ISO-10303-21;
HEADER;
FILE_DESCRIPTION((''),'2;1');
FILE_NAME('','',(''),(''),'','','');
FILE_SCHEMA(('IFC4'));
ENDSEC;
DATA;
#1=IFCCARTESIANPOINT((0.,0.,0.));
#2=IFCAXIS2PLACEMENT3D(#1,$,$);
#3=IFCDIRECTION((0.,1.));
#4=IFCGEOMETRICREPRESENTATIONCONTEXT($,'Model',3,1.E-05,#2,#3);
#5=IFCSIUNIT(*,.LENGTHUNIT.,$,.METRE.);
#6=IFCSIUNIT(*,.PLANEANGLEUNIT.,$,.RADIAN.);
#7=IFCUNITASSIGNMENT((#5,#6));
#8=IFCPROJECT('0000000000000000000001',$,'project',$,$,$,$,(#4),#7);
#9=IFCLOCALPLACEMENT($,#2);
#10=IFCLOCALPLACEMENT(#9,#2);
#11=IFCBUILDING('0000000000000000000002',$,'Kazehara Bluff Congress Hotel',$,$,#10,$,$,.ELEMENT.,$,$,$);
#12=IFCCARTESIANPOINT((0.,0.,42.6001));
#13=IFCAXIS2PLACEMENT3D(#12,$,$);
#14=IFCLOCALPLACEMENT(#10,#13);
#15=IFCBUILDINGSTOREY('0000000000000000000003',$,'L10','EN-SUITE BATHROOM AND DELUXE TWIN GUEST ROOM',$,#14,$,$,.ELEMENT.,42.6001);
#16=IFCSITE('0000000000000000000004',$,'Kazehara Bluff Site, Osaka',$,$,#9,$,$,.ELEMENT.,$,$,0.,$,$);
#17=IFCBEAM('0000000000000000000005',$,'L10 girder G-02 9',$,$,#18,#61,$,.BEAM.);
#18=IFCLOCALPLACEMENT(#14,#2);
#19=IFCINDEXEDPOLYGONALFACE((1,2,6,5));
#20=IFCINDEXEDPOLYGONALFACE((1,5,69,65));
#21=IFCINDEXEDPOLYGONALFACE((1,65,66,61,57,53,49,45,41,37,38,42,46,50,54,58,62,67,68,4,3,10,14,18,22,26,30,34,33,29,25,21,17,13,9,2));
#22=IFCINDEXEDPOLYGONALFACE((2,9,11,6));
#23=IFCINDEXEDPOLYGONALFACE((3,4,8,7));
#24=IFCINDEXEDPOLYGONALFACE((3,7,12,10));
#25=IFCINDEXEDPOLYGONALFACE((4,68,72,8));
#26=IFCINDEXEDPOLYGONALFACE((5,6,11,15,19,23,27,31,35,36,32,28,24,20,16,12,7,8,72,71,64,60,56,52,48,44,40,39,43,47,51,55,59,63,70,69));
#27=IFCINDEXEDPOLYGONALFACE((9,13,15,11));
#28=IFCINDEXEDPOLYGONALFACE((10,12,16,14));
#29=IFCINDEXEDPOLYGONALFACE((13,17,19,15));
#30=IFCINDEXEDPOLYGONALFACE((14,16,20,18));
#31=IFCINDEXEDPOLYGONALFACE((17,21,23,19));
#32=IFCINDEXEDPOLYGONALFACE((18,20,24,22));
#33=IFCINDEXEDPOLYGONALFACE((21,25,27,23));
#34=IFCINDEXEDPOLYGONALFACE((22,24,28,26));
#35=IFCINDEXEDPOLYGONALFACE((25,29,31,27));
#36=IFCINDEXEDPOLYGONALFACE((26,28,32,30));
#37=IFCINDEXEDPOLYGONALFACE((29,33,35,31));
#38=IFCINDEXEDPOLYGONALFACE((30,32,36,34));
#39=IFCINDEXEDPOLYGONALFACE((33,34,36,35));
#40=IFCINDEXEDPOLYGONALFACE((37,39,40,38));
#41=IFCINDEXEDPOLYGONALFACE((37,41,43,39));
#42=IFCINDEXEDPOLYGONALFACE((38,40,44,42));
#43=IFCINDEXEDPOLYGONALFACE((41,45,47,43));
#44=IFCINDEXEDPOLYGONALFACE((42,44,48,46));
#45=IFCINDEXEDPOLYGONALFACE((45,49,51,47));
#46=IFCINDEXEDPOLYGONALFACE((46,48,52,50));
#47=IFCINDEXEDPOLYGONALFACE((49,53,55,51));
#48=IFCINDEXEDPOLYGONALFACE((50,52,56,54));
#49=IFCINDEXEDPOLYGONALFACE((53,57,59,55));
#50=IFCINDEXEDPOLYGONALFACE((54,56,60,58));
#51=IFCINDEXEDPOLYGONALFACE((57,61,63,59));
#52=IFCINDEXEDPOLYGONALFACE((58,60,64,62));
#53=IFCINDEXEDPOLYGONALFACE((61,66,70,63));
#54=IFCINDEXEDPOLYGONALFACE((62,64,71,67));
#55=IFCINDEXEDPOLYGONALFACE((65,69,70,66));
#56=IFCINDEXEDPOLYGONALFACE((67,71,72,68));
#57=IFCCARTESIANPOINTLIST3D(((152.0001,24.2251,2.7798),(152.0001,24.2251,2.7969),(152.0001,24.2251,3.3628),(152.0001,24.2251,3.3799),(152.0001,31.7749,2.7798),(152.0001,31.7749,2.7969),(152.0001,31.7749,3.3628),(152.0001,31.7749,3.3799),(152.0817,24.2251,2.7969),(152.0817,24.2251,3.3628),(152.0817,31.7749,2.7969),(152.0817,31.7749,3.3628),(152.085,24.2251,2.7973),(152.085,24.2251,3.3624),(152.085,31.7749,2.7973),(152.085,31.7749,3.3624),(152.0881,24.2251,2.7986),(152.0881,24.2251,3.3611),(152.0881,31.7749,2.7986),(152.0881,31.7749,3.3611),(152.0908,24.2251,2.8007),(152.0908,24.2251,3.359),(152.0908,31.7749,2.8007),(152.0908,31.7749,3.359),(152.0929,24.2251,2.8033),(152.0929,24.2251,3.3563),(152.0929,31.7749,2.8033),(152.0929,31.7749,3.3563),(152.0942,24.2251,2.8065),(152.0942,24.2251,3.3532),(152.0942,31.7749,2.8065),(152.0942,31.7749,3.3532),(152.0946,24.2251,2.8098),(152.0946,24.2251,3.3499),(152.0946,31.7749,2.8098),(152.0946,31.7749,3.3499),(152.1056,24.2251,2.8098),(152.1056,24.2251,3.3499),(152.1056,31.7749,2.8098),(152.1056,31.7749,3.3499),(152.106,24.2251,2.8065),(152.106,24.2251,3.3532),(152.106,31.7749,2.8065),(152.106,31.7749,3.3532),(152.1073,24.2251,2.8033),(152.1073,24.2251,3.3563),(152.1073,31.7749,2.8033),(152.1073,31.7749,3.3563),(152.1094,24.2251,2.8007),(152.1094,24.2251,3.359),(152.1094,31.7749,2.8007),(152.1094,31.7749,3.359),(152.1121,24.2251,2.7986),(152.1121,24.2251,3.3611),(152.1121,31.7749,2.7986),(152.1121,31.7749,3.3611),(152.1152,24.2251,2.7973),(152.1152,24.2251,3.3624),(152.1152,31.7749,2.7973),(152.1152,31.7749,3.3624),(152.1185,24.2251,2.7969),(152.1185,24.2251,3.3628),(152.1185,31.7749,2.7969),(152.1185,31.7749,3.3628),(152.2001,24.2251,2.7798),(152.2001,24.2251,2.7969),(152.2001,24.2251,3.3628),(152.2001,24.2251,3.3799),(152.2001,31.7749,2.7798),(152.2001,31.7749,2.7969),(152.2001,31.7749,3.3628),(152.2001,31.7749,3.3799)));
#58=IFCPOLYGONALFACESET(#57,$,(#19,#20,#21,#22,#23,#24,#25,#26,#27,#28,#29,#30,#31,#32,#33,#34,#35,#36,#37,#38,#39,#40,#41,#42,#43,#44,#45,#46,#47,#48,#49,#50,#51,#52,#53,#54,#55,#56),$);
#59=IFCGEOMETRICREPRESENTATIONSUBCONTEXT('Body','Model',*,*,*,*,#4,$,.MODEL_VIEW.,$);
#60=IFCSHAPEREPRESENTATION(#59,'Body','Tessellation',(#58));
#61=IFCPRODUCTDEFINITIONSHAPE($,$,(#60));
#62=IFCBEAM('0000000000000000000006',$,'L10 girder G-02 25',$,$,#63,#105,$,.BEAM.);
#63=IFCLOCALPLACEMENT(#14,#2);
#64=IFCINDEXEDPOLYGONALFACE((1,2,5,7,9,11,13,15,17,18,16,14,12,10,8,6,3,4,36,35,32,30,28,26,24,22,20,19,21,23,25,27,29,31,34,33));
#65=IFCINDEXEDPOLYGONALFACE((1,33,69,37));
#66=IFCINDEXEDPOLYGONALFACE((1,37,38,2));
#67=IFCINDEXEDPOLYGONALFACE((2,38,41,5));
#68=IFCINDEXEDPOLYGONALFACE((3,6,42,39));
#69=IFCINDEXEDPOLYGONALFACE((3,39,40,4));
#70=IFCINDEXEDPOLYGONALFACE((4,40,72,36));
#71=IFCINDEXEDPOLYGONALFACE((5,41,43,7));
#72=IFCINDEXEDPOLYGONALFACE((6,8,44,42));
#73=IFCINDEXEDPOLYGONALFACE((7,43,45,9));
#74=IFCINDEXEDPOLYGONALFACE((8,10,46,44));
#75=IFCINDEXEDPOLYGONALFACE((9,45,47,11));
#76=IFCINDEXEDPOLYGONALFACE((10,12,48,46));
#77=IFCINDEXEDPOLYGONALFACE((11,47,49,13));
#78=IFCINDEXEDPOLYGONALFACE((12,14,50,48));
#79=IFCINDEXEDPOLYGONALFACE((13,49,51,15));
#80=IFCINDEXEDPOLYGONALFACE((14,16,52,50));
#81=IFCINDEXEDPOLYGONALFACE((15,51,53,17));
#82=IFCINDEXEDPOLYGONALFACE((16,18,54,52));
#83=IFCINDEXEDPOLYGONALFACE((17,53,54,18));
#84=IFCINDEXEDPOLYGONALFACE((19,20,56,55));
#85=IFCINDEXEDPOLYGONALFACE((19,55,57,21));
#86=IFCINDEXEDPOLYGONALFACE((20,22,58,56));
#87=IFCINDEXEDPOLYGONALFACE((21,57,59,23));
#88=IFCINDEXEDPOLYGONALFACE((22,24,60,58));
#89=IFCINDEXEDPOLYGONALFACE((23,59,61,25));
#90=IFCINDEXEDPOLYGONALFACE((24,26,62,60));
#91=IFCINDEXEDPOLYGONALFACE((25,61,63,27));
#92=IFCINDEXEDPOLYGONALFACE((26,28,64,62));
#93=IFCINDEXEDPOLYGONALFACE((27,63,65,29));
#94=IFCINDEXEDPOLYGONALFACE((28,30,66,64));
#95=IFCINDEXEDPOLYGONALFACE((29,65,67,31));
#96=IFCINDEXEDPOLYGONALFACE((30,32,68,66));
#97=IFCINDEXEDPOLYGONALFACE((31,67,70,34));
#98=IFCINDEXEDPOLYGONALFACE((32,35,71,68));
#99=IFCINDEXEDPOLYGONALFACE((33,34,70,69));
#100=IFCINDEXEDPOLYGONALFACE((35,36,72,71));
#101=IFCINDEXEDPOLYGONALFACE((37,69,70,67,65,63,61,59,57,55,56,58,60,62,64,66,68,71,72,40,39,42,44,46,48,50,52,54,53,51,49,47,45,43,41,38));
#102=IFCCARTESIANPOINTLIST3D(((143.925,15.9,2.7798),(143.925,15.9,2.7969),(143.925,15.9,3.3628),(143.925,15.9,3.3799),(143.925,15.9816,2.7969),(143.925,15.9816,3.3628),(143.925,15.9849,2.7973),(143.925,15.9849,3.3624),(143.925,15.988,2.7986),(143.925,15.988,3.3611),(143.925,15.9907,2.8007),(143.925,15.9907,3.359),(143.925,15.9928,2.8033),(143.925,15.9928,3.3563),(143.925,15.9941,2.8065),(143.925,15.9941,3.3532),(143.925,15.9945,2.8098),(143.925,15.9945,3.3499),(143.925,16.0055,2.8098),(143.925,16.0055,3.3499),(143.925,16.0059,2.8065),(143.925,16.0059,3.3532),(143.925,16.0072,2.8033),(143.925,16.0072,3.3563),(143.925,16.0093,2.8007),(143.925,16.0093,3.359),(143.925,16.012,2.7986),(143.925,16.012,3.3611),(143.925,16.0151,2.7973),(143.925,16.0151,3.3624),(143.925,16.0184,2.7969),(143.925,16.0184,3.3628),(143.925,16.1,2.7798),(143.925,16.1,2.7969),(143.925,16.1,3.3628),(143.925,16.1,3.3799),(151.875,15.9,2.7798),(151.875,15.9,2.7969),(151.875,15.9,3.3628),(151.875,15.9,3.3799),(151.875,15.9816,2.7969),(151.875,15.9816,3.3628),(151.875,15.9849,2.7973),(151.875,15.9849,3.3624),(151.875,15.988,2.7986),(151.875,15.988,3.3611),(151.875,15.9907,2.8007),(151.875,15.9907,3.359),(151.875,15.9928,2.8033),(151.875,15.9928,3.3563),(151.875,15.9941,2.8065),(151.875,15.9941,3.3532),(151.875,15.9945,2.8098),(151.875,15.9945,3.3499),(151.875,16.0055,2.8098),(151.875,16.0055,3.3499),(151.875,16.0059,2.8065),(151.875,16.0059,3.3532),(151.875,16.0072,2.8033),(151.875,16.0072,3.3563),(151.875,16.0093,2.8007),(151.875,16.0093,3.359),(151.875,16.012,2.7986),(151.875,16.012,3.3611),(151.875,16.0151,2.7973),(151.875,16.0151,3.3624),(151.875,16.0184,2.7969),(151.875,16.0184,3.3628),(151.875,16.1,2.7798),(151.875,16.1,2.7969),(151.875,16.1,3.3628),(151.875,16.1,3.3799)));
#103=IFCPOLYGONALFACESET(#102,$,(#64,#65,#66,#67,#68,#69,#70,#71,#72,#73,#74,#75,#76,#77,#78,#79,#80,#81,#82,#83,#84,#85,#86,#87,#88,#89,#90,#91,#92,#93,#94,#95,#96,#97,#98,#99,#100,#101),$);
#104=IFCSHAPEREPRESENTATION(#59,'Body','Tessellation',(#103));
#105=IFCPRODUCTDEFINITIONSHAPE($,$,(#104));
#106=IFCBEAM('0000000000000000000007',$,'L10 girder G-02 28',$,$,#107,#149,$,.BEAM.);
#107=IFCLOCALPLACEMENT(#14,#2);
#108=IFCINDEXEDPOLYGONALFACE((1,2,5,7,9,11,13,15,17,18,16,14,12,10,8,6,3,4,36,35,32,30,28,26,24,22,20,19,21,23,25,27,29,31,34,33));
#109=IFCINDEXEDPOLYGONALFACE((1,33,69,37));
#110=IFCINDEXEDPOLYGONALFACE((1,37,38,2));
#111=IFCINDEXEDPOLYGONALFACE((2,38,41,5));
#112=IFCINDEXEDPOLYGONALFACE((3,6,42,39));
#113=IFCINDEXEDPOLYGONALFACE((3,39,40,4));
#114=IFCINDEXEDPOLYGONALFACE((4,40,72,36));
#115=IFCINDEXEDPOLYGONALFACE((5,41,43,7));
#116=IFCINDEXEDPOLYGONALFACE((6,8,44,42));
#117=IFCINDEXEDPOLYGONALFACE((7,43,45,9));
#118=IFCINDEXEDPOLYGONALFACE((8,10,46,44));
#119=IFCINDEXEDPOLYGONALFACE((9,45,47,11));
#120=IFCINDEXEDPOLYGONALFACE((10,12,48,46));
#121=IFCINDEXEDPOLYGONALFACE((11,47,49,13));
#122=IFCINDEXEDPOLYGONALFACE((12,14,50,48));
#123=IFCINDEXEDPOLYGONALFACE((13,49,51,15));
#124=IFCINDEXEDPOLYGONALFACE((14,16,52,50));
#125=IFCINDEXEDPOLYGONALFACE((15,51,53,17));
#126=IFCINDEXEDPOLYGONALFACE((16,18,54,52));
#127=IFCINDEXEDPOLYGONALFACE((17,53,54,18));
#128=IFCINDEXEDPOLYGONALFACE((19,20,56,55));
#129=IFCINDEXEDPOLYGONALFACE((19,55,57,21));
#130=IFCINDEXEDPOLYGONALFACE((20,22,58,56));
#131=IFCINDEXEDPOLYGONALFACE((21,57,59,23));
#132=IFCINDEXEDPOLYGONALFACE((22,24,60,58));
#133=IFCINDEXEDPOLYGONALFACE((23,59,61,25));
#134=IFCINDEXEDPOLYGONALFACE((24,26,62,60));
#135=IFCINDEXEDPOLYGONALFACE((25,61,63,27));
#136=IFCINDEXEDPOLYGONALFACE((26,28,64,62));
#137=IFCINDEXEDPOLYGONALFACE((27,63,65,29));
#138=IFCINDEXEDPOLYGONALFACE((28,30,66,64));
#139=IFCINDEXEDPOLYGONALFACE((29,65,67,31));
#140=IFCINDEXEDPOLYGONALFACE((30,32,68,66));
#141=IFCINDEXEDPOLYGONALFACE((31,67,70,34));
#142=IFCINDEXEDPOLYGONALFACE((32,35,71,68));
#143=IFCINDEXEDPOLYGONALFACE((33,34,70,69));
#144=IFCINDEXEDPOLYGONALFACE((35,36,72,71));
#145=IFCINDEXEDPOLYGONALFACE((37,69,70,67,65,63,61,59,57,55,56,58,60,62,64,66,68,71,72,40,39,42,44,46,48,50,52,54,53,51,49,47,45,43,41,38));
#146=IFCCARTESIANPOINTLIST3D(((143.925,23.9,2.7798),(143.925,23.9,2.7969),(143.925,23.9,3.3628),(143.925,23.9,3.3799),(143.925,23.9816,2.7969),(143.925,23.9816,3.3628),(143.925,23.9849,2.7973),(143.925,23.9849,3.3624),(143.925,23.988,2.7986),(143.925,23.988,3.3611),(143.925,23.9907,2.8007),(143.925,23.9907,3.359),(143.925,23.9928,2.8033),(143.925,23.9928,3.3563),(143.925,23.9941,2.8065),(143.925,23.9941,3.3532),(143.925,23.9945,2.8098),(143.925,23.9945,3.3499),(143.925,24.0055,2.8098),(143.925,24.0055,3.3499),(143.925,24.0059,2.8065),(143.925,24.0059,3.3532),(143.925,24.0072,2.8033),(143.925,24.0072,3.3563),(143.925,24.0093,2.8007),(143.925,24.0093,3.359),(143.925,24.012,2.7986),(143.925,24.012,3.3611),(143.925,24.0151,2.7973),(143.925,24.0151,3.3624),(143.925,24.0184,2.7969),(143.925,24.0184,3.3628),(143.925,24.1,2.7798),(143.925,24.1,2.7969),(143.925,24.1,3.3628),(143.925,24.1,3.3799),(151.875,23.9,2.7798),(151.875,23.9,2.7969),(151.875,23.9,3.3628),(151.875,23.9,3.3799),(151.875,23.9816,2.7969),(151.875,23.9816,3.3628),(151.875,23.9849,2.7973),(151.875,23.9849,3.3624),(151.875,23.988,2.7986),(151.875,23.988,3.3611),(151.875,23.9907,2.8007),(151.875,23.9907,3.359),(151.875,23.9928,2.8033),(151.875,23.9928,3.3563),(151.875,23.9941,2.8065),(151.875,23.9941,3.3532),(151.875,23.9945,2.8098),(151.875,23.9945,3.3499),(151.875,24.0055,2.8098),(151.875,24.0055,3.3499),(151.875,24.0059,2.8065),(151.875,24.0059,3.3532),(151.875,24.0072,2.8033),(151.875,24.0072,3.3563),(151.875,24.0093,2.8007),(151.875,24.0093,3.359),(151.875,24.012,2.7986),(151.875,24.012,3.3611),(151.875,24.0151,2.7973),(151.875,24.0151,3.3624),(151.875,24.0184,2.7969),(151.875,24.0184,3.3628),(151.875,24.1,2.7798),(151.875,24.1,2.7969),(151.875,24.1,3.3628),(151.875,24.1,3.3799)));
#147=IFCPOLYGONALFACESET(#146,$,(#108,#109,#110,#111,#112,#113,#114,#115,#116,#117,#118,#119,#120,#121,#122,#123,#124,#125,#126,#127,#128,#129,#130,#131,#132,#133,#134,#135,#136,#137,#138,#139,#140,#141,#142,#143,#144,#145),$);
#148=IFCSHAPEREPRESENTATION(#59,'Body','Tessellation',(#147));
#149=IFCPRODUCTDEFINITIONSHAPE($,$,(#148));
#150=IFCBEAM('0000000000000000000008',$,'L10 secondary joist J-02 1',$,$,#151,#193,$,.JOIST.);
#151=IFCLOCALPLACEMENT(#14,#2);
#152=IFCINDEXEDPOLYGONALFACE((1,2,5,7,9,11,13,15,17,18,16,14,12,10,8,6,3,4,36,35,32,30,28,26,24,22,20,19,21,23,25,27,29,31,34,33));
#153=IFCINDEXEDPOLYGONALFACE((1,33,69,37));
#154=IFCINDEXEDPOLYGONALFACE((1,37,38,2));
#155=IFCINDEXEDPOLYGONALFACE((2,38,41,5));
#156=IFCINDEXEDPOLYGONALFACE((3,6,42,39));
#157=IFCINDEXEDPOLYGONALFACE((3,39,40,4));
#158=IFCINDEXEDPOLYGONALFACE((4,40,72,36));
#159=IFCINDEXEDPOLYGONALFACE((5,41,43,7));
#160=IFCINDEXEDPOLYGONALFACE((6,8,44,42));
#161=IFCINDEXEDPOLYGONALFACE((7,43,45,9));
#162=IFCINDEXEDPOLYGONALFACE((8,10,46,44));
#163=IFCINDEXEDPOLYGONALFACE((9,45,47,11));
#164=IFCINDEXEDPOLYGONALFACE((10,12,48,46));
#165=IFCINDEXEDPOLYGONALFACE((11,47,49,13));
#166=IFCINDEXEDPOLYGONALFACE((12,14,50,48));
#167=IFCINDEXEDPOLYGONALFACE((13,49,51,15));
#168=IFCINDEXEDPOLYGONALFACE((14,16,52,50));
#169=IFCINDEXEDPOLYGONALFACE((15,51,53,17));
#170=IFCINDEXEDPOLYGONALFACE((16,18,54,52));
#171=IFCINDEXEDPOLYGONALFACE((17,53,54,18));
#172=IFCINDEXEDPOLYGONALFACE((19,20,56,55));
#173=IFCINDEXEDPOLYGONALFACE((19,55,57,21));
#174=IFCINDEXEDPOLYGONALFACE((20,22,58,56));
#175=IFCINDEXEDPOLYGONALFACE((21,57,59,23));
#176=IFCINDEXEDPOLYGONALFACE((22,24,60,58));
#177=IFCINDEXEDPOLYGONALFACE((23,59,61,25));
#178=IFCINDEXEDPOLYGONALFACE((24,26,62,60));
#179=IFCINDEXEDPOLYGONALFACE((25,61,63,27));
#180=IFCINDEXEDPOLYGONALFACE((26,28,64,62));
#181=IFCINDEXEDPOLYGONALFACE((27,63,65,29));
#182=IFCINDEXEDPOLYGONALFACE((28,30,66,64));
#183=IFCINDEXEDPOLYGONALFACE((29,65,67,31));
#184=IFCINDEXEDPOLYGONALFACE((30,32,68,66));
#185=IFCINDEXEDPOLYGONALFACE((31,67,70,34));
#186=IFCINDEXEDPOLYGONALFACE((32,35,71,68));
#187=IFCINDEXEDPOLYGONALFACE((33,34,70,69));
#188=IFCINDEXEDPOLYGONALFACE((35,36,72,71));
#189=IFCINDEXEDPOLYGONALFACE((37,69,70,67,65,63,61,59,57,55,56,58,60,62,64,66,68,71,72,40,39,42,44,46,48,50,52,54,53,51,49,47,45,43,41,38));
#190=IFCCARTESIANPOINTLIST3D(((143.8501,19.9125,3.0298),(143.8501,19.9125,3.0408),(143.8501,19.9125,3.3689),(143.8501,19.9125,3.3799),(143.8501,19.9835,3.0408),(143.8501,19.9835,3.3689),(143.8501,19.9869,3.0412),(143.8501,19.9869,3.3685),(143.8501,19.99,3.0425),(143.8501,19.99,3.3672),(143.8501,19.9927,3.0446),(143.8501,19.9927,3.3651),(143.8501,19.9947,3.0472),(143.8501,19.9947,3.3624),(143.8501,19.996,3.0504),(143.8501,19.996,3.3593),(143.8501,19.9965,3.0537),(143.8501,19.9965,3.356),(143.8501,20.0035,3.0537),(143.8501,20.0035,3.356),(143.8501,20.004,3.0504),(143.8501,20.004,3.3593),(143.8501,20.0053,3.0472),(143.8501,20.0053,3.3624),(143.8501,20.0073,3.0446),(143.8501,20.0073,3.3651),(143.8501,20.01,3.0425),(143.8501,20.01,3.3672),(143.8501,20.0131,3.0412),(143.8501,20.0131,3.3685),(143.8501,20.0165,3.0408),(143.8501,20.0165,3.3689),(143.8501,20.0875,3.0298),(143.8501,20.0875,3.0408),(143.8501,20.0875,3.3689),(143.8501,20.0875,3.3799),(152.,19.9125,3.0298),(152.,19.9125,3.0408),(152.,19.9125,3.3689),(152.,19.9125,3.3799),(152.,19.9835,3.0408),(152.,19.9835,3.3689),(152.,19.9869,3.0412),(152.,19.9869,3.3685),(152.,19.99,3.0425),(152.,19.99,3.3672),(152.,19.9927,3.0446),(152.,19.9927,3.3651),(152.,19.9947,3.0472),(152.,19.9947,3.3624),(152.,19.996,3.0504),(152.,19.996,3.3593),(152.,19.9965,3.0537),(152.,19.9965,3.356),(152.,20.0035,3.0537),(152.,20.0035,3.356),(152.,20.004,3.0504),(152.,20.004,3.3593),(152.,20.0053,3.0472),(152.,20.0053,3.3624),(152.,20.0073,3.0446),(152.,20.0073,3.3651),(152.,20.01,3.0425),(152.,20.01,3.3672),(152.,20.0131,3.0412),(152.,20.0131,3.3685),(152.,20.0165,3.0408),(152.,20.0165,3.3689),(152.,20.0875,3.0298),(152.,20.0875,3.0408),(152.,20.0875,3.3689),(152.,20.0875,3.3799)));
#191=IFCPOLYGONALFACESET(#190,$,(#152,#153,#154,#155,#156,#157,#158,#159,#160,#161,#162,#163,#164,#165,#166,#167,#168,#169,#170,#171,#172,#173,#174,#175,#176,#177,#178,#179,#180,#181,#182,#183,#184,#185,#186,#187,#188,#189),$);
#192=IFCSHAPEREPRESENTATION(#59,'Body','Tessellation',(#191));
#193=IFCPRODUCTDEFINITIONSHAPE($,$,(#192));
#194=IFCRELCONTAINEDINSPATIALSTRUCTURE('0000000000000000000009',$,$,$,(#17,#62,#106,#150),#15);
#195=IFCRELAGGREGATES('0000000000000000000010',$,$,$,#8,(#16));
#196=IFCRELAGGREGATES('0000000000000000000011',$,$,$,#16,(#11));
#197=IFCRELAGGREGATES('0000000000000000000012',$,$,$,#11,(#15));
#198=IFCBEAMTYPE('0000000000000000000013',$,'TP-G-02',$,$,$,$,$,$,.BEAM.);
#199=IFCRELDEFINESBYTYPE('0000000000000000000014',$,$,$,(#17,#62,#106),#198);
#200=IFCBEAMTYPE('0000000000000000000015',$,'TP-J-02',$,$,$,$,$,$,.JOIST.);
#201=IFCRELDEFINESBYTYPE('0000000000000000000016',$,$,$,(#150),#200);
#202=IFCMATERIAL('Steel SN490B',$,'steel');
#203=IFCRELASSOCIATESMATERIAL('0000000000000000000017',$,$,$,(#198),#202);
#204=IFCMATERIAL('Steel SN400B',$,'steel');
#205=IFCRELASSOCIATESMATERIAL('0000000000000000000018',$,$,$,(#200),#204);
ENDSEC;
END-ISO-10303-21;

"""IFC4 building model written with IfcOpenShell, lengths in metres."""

from ifc_helpers import new_model, si_unit, direction, frame, origin, origin_2d, place, context, subcontext, project, spatial, i_section, extrude, material, material_profile, profile_set, type_object, element, save


model = new_model("IFC4")

# Units and contexts
model_context = context("Model", 3, precision=1e-05, world=origin(), true_north=direction((0.0, 1.0)))
body_context = subcontext(model_context, "Body", "Model", "MODEL_VIEW")
ifc_project = project(units=[si_unit("LENGTHUNIT", "METRE"), si_unit("PLANEANGLEUNIT", "RADIAN")], contexts=[model_context])

# Site, building, storey
site_placement = place(None, origin())
site = spatial("IfcSite", under=ifc_project, at=site_placement, Name="Kazehara Bluff Site, Osaka", CompositionType="ELEMENT", RefElevation=0.0)
building_placement = place(site_placement, origin())
building = spatial("IfcBuilding", under=site, at=building_placement, Name="Kazehara Bluff Congress Hotel", CompositionType="ELEMENT")
storey_placement = place(building_placement, frame((0.0, 0.0, 42.6001)))
storey = spatial("IfcBuildingStorey", under=building, at=storey_placement, Name="L10", Description="EN-SUITE BATHROOM AND DELUXE TWIN GUEST ROOM", CompositionType="ELEMENT", Elevation=42.6001)

# Beams
ifc_material_1 = material(Name="Steel SN490B", Category="steel")
ifc_material_profile_1 = material_profile(ifc_material_1, i_section(OverallWidth=0.2, OverallDepth=0.6001, WebThickness=0.011, FlangeThickness=0.0171, FilletRadius=0.0129, at=origin_2d()))
ifc_profile_set_1 = profile_set([ifc_material_profile_1], Name="Steel SN490B")
beam_type_1 = type_object("IfcBeamType", Name="TP-G-02", PredefinedType="BEAM", material=ifc_profile_set_1)
for number, where, z_axis, x_axis, name in (
    (1, (152.1001, 24.2251, 3.0798), (0.0, 1.0, 0.0), (-1.0, 0.0, 0.0), "L10 girder G-02 9"),
):
    element("IfcBeam", number, at=place(storey_placement, frame(where, z_axis=z_axis, x_axis=x_axis)), inside=storey, type_object=beam_type_1, Name=name, PredefinedType="BEAM", context=body_context, shape_type="SweptSolid", body=[
        extrude(i_section(OverallWidth=0.2, OverallDepth=0.6001, WebThickness=0.011, FlangeThickness=0.0171, FilletRadius=0.0129, at=origin_2d()), origin(), (0.0, 0.0, 1.0), 7.5498),
    ])
for number, where, z_axis, x_axis, name in (
    (2, (143.925, 16.0, 3.0798), (1.0, 0.0, 0.0), (0.0, 1.0, 0.0), "L10 girder G-02 25"),
    (3, (143.925, 24.0, 3.0798), (1.0, 0.0, 0.0), (0.0, 1.0, 0.0), "L10 girder G-02 28"),
):
    element("IfcBeam", number, at=place(storey_placement, frame(where, z_axis=z_axis, x_axis=x_axis)), inside=storey, type_object=beam_type_1, Name=name, PredefinedType="BEAM", context=body_context, shape_type="SweptSolid", body=[
        extrude(i_section(OverallWidth=0.2, OverallDepth=0.6001, WebThickness=0.011, FlangeThickness=0.0171, FilletRadius=0.0129, at=origin_2d()), origin(), (0.0, 0.0, 1.0), 7.95),
    ])
ifc_material_2 = material(Name="Steel SN400B", Category="steel")
ifc_material_profile_2 = material_profile(ifc_material_2, i_section(OverallWidth=0.175, OverallDepth=0.3501, WebThickness=0.0071, FlangeThickness=0.011, FilletRadius=0.0129, at=origin_2d()))
ifc_profile_set_2 = profile_set([ifc_material_profile_2], Name="Steel SN400B")
beam_type_2 = type_object("IfcBeamType", Name="TP-J-02", PredefinedType="JOIST", material=ifc_profile_set_2)
beam_placement = place(storey_placement, frame((143.8501, 20.0, 3.2048), z_axis=(1.0, 0.0, 0.0), x_axis=(0.0, 1.0, 0.0)))
element("IfcBeam", 4, at=beam_placement, inside=storey, type_object=beam_type_2, Name="L10 secondary joist J-02 1", PredefinedType="JOIST", context=body_context, shape_type="SweptSolid", body=[
    extrude(i_section(OverallWidth=0.175, OverallDepth=0.3501, WebThickness=0.0071, FlangeThickness=0.011, FilletRadius=0.0129, at=origin_2d()), origin(), (0.0, 0.0, 1.0), 8.1499),
])

save(model, "model.ifc")
